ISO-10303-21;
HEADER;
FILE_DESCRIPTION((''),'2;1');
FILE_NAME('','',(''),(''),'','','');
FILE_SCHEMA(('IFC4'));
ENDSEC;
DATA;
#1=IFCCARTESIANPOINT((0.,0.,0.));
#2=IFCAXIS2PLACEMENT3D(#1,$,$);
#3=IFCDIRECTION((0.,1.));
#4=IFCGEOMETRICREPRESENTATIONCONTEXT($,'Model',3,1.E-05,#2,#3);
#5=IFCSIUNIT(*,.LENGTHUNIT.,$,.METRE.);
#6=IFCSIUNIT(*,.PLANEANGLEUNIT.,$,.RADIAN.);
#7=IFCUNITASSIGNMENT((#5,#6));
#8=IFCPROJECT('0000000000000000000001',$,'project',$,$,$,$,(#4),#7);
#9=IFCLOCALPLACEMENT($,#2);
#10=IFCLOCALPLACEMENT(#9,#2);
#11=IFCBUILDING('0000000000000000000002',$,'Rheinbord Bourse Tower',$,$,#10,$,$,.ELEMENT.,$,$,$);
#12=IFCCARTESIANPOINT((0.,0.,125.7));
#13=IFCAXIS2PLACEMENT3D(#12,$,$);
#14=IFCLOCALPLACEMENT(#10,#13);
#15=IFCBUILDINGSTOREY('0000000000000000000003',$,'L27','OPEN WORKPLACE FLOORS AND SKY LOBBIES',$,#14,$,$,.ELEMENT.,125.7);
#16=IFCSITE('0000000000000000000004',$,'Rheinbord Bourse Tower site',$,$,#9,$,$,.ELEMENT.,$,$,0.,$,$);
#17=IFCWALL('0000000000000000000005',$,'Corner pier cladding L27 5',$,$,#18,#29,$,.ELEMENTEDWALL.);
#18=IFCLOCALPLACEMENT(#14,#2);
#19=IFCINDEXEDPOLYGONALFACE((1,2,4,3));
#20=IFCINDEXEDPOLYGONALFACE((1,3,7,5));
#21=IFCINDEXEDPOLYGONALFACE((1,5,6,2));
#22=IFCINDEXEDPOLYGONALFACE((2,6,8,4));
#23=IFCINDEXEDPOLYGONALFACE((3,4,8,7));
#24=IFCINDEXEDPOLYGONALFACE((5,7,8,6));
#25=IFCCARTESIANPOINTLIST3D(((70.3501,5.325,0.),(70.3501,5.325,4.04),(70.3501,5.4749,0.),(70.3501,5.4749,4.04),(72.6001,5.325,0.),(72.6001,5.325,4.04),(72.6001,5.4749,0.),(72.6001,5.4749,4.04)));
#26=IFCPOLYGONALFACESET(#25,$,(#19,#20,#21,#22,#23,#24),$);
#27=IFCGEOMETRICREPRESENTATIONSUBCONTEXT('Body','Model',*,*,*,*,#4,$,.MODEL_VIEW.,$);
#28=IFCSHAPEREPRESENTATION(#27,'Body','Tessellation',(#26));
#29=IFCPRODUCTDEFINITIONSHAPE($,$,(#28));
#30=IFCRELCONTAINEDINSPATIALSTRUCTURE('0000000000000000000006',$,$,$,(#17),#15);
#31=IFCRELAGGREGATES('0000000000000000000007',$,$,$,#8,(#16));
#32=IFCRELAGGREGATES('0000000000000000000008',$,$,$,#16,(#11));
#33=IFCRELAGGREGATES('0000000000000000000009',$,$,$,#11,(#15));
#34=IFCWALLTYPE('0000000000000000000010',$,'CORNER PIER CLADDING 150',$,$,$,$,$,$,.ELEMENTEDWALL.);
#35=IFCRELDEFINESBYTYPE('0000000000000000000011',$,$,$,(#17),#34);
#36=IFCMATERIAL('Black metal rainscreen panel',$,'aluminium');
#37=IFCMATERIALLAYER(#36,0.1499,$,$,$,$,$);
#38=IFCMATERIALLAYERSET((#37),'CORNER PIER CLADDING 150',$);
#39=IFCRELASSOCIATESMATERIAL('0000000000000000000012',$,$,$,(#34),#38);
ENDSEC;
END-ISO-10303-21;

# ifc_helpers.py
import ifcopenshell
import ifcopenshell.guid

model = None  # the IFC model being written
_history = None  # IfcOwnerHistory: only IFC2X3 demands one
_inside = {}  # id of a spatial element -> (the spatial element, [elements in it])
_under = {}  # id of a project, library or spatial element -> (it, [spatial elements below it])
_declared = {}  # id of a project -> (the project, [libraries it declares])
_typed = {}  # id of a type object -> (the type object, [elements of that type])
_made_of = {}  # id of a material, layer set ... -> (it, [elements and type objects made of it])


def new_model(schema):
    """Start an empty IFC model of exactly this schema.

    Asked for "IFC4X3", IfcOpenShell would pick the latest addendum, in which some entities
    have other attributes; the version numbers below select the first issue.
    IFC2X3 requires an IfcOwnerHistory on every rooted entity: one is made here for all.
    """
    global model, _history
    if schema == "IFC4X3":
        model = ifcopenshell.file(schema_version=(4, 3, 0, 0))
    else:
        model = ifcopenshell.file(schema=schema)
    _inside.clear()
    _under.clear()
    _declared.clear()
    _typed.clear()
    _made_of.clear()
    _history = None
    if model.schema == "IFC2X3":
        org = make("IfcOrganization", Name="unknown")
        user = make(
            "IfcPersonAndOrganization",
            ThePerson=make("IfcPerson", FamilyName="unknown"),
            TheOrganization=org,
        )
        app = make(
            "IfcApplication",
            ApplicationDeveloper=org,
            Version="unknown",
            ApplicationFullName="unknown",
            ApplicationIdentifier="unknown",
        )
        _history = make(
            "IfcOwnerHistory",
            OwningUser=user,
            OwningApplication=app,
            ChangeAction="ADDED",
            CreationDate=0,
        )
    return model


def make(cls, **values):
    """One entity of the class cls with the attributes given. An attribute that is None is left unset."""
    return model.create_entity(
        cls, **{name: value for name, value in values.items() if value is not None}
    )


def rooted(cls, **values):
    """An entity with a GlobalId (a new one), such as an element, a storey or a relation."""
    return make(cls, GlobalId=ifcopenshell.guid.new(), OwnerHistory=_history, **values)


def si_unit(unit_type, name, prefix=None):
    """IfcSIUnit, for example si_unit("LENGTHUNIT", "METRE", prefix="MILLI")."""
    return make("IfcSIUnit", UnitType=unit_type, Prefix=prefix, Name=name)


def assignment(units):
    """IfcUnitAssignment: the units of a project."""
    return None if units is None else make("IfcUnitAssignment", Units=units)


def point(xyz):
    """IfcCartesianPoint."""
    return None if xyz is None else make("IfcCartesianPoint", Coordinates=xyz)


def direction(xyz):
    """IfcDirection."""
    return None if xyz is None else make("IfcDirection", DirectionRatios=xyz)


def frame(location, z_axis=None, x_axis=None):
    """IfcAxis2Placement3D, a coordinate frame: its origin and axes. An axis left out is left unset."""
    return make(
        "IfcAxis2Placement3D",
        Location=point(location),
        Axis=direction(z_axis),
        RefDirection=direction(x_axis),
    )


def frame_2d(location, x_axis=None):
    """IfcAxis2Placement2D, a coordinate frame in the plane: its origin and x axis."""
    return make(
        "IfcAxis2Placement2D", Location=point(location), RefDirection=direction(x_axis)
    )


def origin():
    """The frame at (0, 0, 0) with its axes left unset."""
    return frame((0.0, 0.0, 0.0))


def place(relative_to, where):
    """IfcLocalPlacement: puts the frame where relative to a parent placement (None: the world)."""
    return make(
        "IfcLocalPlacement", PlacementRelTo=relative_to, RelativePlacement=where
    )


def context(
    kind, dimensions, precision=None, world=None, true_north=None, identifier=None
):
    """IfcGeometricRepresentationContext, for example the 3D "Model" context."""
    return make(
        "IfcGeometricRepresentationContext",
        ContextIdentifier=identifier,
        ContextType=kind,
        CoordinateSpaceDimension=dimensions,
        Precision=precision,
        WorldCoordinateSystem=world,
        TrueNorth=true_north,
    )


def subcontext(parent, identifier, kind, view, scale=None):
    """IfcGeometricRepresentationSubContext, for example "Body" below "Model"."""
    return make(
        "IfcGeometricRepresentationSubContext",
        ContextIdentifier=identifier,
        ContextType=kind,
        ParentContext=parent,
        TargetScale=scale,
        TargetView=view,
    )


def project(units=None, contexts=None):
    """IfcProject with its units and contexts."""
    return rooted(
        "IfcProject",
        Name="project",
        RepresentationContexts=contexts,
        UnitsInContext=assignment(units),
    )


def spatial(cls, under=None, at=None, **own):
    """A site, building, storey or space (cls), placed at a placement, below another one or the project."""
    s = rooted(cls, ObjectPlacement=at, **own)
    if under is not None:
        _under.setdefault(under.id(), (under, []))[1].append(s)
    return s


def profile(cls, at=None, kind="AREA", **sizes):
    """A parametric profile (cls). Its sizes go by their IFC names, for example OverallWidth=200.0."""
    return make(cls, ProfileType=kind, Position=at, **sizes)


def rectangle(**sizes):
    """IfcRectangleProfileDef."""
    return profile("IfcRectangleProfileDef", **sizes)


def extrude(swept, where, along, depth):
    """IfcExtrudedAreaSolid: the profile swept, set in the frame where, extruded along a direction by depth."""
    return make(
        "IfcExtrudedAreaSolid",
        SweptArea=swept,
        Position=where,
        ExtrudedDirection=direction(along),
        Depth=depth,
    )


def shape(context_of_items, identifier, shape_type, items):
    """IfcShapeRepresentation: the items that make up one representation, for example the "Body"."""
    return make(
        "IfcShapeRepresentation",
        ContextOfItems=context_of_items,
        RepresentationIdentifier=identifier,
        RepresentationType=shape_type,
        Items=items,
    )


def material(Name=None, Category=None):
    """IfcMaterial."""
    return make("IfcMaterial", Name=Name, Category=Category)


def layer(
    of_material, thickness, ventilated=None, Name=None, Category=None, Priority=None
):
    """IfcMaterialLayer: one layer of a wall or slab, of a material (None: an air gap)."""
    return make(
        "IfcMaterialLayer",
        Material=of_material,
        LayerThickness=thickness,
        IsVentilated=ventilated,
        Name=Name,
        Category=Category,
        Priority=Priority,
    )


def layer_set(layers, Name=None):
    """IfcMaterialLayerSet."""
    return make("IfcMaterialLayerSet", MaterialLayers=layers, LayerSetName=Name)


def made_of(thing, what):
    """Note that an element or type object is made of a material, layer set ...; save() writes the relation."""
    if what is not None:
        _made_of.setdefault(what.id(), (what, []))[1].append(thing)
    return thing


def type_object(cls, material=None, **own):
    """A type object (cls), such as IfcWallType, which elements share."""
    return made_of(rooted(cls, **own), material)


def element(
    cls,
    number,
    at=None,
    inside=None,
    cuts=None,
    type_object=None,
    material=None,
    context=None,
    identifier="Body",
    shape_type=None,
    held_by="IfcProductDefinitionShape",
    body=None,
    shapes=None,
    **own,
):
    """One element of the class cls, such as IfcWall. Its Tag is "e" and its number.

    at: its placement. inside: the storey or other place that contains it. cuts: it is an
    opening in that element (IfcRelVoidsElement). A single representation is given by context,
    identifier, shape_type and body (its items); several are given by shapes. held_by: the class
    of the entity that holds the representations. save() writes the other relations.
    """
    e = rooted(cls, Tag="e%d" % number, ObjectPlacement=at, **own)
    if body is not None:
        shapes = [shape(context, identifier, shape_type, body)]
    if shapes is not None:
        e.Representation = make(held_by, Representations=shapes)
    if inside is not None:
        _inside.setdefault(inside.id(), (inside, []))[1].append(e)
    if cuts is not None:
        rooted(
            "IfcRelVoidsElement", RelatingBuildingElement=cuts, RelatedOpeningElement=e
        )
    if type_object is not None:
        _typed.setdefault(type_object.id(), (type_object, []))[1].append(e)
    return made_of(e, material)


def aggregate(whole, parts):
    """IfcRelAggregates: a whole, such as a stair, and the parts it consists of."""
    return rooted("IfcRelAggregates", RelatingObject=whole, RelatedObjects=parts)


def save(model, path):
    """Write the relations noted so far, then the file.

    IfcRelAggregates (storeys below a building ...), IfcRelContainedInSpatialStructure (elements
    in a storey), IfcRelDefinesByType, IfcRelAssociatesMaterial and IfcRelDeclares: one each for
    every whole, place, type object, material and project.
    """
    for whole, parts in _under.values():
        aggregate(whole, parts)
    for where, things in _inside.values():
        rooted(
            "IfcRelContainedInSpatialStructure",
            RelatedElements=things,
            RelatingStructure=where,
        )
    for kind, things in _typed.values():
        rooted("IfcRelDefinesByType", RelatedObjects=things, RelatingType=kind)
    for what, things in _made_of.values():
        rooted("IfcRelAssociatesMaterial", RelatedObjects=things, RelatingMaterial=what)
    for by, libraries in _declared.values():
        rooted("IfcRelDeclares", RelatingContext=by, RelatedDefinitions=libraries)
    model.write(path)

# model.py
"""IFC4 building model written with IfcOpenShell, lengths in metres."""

from ifc_helpers import new_model, si_unit, direction, frame, frame_2d, origin, place, context, subcontext, project, spatial, rectangle, extrude, material, layer, layer_set, type_object, element, save


model = new_model("IFC4")

# Units and contexts
model_context = context("Model", 3, precision=1e-05, world=origin(), true_north=direction((0.0, 1.0)))
body_context = subcontext(model_context, "Body", "Model", "MODEL_VIEW")
ifc_project = project(units=[si_unit("LENGTHUNIT", "METRE"), si_unit("PLANEANGLEUNIT", "RADIAN")], contexts=[model_context])

# Site, building, storey
site_placement = place(None, origin())
site = spatial("IfcSite", under=ifc_project, at=site_placement, Name="Rheinbord Bourse Tower site", CompositionType="ELEMENT", RefElevation=0.0)
building_placement = place(site_placement, origin())
building = spatial("IfcBuilding", under=site, at=building_placement, Name="Rheinbord Bourse Tower", CompositionType="ELEMENT")
storey_placement = place(building_placement, frame((0.0, 0.0, 125.7)))
storey = spatial("IfcBuildingStorey", under=building, at=storey_placement, Name="L27", Description="OPEN WORKPLACE FLOORS AND SKY LOBBIES", CompositionType="ELEMENT", Elevation=125.7)

# Wall
ifc_material_1 = material(Name="Black metal rainscreen panel", Category="aluminium")
ifc_layer_1 = layer(ifc_material_1, 0.1499)
ifc_layer_set_1 = layer_set([ifc_layer_1], Name="CORNER PIER CLADDING 150")
wall_type = type_object("IfcWallType", Name="CORNER PIER CLADDING 150", PredefinedType="ELEMENTEDWALL", material=ifc_layer_set_1)
wall_1_placement = place(storey_placement, frame((70.3501, 5.3999, 0.0), z_axis=(0.0, 0.0, 1.0), x_axis=(1.0, 0.0, 0.0)))
element("IfcWall", 1, at=wall_1_placement, inside=storey, type_object=wall_type, Name="Corner pier cladding L27 5", PredefinedType="ELEMENTEDWALL", context=body_context, shape_type="SweptSolid", body=[
    extrude(rectangle(XDim=2.25, YDim=0.1499, at=frame_2d((1.125, 0.0))), origin(), (0.0, 0.0, 1.0), 4.04),
])

save(model, "model.ifc")
